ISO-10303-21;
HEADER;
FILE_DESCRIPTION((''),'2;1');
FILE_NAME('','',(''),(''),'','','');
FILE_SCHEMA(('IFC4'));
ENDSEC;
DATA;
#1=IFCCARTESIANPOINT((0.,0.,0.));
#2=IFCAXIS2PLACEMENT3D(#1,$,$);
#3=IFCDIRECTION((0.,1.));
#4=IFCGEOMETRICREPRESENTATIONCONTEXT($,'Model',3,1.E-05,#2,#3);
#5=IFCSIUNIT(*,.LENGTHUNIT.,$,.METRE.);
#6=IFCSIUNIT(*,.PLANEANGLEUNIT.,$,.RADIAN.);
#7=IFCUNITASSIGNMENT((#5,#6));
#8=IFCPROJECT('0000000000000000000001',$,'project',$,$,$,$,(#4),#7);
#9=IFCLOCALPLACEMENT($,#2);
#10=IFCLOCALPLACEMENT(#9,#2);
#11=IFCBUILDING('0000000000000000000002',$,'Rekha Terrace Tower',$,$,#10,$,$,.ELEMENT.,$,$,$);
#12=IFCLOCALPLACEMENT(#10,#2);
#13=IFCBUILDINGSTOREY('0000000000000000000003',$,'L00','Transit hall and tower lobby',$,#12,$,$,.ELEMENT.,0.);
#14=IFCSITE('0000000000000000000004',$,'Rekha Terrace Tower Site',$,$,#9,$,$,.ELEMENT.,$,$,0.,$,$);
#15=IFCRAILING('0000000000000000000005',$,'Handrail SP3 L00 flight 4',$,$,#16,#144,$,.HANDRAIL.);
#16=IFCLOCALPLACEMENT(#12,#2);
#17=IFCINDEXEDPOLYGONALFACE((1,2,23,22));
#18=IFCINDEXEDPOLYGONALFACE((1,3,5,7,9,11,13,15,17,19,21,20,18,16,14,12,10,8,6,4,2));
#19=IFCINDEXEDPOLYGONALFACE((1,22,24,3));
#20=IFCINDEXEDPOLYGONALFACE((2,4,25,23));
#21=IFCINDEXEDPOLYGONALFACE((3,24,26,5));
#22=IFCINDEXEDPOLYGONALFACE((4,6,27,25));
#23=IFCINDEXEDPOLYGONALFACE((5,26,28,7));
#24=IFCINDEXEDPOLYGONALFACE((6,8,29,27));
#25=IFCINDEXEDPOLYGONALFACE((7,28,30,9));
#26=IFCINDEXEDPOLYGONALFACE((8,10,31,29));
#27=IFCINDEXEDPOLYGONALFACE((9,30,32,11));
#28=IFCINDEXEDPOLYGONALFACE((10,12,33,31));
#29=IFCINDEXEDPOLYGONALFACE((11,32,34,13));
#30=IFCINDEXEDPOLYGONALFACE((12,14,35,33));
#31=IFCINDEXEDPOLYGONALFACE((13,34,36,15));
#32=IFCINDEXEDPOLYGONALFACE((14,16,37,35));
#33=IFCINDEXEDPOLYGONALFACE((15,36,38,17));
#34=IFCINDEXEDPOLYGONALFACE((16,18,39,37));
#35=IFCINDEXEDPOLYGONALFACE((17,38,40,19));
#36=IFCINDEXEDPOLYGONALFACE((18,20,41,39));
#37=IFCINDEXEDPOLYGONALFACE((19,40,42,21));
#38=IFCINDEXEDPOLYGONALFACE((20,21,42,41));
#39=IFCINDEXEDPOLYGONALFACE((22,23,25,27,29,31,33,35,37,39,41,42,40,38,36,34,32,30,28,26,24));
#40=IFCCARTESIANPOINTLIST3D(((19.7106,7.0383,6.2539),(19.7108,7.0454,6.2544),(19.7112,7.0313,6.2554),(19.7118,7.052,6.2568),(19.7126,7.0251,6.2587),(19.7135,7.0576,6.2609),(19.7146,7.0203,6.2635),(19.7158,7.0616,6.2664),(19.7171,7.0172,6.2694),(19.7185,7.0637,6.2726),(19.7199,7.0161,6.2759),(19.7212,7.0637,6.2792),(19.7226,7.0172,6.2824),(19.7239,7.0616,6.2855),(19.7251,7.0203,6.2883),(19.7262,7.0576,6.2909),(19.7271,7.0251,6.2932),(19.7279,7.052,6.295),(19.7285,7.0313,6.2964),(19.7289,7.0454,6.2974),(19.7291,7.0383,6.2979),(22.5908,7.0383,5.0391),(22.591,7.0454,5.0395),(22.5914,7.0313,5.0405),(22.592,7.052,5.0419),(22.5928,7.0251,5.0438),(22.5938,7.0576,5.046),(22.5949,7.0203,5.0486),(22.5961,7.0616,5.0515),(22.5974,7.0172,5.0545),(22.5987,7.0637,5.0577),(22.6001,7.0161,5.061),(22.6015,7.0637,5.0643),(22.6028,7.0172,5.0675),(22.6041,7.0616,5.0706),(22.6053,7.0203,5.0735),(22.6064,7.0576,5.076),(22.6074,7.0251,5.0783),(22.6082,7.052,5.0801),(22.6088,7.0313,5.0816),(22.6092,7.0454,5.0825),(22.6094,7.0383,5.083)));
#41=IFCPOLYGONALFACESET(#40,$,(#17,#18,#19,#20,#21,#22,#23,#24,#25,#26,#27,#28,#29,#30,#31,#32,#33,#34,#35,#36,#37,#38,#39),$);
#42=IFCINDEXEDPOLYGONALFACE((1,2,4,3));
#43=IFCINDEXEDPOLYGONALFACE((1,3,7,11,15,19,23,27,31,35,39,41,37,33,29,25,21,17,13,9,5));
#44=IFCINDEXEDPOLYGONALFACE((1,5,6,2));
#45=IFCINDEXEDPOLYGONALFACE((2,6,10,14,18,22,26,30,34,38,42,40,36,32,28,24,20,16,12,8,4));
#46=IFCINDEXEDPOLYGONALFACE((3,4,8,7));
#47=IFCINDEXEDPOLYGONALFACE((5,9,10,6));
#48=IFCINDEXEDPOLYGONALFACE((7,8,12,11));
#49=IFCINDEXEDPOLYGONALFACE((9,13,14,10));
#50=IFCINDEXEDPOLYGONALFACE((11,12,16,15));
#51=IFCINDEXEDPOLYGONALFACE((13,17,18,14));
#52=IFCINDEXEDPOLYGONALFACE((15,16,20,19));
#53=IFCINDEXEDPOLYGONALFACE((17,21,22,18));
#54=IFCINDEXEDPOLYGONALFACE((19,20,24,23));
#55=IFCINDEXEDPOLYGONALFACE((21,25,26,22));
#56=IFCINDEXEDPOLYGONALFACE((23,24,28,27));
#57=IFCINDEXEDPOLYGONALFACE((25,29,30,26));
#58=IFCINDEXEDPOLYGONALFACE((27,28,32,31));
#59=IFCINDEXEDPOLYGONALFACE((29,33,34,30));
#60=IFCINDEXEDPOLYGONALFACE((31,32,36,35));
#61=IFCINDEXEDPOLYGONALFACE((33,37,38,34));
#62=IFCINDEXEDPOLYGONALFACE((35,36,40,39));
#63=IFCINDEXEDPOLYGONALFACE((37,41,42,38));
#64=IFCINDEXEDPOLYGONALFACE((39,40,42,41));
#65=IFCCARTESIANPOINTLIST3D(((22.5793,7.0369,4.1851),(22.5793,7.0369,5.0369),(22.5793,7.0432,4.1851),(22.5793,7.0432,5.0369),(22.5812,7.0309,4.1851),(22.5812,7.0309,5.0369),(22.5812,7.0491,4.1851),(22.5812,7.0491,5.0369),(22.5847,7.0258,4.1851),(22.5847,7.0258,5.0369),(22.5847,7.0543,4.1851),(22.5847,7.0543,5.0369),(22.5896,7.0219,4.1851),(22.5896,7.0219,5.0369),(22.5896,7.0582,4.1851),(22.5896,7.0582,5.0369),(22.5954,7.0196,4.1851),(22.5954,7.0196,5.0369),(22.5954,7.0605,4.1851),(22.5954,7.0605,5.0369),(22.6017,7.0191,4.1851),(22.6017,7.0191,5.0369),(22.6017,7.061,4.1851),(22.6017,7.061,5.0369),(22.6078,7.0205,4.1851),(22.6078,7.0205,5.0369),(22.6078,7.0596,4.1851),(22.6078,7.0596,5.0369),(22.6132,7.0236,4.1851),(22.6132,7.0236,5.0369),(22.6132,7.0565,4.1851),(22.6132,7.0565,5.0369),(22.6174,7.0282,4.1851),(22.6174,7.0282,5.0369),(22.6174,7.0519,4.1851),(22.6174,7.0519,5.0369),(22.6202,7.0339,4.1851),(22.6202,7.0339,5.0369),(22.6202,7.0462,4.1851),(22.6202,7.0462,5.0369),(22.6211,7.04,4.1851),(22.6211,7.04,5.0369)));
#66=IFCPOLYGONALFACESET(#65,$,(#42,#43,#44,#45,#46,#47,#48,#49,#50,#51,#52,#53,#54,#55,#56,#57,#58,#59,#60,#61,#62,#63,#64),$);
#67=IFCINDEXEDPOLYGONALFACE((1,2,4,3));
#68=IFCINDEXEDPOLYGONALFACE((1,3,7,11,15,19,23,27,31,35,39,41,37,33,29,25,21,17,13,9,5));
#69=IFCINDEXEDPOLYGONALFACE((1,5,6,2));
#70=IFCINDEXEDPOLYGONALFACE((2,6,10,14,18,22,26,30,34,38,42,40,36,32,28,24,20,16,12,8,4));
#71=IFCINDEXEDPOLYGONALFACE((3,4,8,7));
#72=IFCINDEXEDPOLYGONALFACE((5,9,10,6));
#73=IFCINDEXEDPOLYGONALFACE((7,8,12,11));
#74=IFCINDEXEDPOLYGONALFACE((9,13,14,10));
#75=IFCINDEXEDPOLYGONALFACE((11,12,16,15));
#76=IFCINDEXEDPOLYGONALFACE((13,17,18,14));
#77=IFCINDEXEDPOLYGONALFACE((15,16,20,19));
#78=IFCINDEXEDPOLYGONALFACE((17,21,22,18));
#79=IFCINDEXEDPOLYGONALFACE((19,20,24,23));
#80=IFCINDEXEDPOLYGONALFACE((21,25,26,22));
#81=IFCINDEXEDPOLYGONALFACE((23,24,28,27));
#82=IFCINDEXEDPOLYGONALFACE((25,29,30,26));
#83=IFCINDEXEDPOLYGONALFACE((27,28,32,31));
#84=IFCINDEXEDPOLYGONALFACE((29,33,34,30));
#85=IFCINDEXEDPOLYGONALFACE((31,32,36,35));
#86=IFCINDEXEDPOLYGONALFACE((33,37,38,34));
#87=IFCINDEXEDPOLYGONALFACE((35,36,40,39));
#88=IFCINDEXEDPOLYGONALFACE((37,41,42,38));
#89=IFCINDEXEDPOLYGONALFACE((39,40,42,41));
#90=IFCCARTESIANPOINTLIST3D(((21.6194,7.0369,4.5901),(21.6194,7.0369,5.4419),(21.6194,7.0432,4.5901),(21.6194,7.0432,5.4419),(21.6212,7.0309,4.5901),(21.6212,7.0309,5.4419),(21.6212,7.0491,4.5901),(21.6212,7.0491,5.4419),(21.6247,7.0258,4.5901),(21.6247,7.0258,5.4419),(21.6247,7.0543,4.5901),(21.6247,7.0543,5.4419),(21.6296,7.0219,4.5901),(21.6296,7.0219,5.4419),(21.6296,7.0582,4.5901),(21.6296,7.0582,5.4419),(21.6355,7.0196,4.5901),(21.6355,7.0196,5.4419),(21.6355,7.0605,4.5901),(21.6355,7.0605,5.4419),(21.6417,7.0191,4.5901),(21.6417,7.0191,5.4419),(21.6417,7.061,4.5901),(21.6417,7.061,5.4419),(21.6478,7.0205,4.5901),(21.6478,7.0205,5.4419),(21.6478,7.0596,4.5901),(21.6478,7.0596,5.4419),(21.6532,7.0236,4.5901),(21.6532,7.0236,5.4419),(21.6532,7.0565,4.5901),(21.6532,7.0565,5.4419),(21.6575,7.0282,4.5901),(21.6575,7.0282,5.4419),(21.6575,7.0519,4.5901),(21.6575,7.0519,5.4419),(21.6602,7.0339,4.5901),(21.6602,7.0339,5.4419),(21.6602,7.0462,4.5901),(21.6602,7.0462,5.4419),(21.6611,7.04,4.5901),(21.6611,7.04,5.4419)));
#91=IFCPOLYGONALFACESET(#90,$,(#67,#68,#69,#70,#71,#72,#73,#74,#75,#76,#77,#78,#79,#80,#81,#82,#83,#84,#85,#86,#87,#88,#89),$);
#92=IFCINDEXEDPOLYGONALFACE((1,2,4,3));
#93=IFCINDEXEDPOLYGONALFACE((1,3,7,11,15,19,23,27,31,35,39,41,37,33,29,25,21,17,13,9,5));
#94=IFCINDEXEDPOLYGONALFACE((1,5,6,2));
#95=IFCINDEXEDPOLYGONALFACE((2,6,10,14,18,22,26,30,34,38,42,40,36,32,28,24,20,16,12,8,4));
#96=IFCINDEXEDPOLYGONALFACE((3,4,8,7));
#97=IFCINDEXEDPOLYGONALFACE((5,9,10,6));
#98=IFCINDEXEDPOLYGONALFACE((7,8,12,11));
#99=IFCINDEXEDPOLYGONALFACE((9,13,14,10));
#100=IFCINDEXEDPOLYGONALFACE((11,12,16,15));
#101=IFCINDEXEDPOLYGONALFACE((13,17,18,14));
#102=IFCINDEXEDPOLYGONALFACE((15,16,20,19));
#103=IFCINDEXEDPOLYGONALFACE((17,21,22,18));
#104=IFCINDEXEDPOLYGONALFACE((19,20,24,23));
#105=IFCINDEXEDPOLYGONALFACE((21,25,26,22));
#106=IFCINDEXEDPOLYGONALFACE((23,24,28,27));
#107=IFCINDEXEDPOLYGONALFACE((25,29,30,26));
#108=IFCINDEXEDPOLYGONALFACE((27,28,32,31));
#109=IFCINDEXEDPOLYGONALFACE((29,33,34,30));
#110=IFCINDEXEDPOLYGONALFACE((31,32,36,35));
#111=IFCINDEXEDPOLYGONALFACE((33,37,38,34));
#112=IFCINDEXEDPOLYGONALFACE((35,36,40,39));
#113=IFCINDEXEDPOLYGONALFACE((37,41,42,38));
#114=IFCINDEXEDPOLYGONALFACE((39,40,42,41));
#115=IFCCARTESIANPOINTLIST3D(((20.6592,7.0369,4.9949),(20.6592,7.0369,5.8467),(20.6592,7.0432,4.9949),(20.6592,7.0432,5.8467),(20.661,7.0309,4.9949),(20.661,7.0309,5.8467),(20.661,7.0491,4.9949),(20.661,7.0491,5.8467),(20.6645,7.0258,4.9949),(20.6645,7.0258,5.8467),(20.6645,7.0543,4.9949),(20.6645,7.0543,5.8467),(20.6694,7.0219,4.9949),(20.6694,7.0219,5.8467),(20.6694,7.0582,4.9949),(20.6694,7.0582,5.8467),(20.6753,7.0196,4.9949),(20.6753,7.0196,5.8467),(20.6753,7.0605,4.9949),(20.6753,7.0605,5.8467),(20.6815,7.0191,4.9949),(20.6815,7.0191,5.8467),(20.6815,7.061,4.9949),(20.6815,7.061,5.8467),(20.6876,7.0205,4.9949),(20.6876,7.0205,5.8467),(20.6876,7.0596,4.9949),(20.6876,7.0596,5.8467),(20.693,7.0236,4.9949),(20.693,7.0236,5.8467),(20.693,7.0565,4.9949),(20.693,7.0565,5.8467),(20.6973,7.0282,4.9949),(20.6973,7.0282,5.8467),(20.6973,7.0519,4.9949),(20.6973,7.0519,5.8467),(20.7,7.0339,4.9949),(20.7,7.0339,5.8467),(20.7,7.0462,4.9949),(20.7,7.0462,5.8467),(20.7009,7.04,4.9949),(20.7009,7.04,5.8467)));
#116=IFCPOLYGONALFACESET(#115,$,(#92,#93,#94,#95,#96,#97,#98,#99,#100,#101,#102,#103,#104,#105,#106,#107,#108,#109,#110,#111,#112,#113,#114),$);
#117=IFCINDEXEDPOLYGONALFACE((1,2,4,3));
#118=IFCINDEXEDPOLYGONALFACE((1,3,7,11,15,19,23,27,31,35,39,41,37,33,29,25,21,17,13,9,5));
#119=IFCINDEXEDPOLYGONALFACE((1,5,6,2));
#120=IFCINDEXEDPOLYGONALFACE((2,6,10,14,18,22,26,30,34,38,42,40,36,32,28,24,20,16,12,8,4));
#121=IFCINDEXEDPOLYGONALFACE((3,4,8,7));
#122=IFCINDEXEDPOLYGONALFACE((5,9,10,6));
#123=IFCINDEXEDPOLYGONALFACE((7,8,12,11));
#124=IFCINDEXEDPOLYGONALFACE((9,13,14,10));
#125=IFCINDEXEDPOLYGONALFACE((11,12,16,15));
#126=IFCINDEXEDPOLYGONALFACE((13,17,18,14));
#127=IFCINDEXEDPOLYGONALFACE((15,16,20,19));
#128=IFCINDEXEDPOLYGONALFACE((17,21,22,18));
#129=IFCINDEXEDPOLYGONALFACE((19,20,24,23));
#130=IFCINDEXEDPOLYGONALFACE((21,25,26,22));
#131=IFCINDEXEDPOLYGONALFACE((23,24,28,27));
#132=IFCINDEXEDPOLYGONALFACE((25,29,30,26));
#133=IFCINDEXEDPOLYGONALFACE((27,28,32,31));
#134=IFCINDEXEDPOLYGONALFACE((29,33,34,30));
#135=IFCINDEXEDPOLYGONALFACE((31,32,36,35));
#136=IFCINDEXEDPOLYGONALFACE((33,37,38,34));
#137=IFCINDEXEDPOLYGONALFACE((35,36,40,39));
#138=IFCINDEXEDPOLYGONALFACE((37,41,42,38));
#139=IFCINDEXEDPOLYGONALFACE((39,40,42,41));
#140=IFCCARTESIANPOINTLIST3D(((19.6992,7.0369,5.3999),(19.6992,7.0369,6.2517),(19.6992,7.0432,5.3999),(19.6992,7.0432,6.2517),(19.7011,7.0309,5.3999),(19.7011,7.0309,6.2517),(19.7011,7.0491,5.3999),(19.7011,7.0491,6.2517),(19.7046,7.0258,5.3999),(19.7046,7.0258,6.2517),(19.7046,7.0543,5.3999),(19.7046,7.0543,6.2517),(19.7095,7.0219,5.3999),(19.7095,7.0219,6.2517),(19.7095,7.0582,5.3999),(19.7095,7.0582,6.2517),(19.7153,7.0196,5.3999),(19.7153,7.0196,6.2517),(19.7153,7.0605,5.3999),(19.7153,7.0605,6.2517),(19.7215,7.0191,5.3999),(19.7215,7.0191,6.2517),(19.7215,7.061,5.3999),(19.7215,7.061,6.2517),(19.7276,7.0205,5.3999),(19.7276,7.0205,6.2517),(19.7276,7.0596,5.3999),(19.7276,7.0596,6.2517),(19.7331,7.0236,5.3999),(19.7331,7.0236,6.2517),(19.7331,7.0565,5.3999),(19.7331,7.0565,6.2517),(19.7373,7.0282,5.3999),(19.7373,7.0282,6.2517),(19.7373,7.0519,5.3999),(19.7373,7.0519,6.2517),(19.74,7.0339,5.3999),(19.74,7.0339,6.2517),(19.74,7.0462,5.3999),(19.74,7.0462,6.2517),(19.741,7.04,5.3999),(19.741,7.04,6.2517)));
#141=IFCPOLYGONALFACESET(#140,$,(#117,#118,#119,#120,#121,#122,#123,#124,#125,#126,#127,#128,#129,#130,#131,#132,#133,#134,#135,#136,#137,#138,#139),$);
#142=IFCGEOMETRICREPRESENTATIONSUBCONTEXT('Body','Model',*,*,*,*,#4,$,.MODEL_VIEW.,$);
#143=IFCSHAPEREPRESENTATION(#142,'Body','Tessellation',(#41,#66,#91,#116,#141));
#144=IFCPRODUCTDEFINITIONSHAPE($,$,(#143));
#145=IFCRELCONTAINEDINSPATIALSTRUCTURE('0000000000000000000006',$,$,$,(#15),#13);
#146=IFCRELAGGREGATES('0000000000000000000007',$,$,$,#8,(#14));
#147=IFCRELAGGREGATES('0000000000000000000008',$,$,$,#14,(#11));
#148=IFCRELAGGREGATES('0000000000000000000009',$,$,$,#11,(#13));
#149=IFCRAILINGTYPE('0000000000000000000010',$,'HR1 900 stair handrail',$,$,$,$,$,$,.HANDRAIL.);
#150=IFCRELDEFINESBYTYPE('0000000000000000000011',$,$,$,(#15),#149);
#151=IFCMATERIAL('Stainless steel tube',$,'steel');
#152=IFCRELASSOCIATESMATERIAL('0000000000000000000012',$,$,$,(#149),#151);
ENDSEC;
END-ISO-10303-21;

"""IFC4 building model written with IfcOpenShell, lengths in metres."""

from ifc_helpers import new_model, si_unit, direction, frame, origin, origin_2d, place, context, subcontext, project, spatial, circle, extrude, material, type_object, element, save


model = new_model("IFC4")

# Units and contexts
model_context = context("Model", 3, precision=1e-05, world=origin(), true_north=direction((0.0, 1.0)))
body_context = subcontext(model_context, "Body", "Model", "MODEL_VIEW")
ifc_project = project(units=[si_unit("LENGTHUNIT", "METRE"), si_unit("PLANEANGLEUNIT", "RADIAN")], contexts=[model_context])

# Site, building, storey
site_placement = place(None, origin())
site = spatial("IfcSite", under=ifc_project, at=site_placement, Name="Rekha Terrace Tower Site", CompositionType="ELEMENT", RefElevation=0.0)
building_placement = place(site_placement, origin())
building = spatial("IfcBuilding", under=site, at=building_placement, Name="Rekha Terrace Tower", CompositionType="ELEMENT")
storey_placement = place(building_placement, origin())
storey = spatial("IfcBuildingStorey", under=building, at=storey_placement, Name="L00", Description="Transit hall and tower lobby", CompositionType="ELEMENT", Elevation=0.0)

# Railing
ifc_material_1 = material(Name="Stainless steel tube", Category="steel")
railing_type = type_object("IfcRailingType", Name="HR1 900 stair handrail", PredefinedType="HANDRAIL", material=ifc_material_1)
railing_placement = place(storey_placement, frame((22.6001, 7.04, 4.1851)))
element("IfcRailing", 1, at=railing_placement, inside=storey, type_object=railing_type, Name="Handrail SP3 L00 flight 4", PredefinedType="HANDRAIL", context=body_context, shape_type="SweptSolid", body=[
    extrude(circle(Radius=0.0239, at=origin_2d()), frame((0.0, 0.0, 0.876), z_axis=(-0.921388, 0.0, 0.388644), x_axis=(0.0, -1.0, 0.0)), (0.0, 0.0, 1.0), 3.126),
    extrude(circle(Radius=0.021, at=origin_2d()), origin(), (0.0, 0.0, 1.0), 0.8518),
    extrude(circle(Radius=0.021, at=origin_2d()), frame((-0.96, 0.0, 0.405)), (0.0, 0.0, 1.0), 0.8518),
    extrude(circle(Radius=0.021, at=origin_2d()), frame((-1.9202, 0.0, 0.8098)), (0.0, 0.0, 1.0), 0.8518),
    extrude(circle(Radius=0.021, at=origin_2d()), frame((-2.8801, 0.0, 1.2148)), (0.0, 0.0, 1.0), 0.8518),
])

save(model, "model.ifc")
